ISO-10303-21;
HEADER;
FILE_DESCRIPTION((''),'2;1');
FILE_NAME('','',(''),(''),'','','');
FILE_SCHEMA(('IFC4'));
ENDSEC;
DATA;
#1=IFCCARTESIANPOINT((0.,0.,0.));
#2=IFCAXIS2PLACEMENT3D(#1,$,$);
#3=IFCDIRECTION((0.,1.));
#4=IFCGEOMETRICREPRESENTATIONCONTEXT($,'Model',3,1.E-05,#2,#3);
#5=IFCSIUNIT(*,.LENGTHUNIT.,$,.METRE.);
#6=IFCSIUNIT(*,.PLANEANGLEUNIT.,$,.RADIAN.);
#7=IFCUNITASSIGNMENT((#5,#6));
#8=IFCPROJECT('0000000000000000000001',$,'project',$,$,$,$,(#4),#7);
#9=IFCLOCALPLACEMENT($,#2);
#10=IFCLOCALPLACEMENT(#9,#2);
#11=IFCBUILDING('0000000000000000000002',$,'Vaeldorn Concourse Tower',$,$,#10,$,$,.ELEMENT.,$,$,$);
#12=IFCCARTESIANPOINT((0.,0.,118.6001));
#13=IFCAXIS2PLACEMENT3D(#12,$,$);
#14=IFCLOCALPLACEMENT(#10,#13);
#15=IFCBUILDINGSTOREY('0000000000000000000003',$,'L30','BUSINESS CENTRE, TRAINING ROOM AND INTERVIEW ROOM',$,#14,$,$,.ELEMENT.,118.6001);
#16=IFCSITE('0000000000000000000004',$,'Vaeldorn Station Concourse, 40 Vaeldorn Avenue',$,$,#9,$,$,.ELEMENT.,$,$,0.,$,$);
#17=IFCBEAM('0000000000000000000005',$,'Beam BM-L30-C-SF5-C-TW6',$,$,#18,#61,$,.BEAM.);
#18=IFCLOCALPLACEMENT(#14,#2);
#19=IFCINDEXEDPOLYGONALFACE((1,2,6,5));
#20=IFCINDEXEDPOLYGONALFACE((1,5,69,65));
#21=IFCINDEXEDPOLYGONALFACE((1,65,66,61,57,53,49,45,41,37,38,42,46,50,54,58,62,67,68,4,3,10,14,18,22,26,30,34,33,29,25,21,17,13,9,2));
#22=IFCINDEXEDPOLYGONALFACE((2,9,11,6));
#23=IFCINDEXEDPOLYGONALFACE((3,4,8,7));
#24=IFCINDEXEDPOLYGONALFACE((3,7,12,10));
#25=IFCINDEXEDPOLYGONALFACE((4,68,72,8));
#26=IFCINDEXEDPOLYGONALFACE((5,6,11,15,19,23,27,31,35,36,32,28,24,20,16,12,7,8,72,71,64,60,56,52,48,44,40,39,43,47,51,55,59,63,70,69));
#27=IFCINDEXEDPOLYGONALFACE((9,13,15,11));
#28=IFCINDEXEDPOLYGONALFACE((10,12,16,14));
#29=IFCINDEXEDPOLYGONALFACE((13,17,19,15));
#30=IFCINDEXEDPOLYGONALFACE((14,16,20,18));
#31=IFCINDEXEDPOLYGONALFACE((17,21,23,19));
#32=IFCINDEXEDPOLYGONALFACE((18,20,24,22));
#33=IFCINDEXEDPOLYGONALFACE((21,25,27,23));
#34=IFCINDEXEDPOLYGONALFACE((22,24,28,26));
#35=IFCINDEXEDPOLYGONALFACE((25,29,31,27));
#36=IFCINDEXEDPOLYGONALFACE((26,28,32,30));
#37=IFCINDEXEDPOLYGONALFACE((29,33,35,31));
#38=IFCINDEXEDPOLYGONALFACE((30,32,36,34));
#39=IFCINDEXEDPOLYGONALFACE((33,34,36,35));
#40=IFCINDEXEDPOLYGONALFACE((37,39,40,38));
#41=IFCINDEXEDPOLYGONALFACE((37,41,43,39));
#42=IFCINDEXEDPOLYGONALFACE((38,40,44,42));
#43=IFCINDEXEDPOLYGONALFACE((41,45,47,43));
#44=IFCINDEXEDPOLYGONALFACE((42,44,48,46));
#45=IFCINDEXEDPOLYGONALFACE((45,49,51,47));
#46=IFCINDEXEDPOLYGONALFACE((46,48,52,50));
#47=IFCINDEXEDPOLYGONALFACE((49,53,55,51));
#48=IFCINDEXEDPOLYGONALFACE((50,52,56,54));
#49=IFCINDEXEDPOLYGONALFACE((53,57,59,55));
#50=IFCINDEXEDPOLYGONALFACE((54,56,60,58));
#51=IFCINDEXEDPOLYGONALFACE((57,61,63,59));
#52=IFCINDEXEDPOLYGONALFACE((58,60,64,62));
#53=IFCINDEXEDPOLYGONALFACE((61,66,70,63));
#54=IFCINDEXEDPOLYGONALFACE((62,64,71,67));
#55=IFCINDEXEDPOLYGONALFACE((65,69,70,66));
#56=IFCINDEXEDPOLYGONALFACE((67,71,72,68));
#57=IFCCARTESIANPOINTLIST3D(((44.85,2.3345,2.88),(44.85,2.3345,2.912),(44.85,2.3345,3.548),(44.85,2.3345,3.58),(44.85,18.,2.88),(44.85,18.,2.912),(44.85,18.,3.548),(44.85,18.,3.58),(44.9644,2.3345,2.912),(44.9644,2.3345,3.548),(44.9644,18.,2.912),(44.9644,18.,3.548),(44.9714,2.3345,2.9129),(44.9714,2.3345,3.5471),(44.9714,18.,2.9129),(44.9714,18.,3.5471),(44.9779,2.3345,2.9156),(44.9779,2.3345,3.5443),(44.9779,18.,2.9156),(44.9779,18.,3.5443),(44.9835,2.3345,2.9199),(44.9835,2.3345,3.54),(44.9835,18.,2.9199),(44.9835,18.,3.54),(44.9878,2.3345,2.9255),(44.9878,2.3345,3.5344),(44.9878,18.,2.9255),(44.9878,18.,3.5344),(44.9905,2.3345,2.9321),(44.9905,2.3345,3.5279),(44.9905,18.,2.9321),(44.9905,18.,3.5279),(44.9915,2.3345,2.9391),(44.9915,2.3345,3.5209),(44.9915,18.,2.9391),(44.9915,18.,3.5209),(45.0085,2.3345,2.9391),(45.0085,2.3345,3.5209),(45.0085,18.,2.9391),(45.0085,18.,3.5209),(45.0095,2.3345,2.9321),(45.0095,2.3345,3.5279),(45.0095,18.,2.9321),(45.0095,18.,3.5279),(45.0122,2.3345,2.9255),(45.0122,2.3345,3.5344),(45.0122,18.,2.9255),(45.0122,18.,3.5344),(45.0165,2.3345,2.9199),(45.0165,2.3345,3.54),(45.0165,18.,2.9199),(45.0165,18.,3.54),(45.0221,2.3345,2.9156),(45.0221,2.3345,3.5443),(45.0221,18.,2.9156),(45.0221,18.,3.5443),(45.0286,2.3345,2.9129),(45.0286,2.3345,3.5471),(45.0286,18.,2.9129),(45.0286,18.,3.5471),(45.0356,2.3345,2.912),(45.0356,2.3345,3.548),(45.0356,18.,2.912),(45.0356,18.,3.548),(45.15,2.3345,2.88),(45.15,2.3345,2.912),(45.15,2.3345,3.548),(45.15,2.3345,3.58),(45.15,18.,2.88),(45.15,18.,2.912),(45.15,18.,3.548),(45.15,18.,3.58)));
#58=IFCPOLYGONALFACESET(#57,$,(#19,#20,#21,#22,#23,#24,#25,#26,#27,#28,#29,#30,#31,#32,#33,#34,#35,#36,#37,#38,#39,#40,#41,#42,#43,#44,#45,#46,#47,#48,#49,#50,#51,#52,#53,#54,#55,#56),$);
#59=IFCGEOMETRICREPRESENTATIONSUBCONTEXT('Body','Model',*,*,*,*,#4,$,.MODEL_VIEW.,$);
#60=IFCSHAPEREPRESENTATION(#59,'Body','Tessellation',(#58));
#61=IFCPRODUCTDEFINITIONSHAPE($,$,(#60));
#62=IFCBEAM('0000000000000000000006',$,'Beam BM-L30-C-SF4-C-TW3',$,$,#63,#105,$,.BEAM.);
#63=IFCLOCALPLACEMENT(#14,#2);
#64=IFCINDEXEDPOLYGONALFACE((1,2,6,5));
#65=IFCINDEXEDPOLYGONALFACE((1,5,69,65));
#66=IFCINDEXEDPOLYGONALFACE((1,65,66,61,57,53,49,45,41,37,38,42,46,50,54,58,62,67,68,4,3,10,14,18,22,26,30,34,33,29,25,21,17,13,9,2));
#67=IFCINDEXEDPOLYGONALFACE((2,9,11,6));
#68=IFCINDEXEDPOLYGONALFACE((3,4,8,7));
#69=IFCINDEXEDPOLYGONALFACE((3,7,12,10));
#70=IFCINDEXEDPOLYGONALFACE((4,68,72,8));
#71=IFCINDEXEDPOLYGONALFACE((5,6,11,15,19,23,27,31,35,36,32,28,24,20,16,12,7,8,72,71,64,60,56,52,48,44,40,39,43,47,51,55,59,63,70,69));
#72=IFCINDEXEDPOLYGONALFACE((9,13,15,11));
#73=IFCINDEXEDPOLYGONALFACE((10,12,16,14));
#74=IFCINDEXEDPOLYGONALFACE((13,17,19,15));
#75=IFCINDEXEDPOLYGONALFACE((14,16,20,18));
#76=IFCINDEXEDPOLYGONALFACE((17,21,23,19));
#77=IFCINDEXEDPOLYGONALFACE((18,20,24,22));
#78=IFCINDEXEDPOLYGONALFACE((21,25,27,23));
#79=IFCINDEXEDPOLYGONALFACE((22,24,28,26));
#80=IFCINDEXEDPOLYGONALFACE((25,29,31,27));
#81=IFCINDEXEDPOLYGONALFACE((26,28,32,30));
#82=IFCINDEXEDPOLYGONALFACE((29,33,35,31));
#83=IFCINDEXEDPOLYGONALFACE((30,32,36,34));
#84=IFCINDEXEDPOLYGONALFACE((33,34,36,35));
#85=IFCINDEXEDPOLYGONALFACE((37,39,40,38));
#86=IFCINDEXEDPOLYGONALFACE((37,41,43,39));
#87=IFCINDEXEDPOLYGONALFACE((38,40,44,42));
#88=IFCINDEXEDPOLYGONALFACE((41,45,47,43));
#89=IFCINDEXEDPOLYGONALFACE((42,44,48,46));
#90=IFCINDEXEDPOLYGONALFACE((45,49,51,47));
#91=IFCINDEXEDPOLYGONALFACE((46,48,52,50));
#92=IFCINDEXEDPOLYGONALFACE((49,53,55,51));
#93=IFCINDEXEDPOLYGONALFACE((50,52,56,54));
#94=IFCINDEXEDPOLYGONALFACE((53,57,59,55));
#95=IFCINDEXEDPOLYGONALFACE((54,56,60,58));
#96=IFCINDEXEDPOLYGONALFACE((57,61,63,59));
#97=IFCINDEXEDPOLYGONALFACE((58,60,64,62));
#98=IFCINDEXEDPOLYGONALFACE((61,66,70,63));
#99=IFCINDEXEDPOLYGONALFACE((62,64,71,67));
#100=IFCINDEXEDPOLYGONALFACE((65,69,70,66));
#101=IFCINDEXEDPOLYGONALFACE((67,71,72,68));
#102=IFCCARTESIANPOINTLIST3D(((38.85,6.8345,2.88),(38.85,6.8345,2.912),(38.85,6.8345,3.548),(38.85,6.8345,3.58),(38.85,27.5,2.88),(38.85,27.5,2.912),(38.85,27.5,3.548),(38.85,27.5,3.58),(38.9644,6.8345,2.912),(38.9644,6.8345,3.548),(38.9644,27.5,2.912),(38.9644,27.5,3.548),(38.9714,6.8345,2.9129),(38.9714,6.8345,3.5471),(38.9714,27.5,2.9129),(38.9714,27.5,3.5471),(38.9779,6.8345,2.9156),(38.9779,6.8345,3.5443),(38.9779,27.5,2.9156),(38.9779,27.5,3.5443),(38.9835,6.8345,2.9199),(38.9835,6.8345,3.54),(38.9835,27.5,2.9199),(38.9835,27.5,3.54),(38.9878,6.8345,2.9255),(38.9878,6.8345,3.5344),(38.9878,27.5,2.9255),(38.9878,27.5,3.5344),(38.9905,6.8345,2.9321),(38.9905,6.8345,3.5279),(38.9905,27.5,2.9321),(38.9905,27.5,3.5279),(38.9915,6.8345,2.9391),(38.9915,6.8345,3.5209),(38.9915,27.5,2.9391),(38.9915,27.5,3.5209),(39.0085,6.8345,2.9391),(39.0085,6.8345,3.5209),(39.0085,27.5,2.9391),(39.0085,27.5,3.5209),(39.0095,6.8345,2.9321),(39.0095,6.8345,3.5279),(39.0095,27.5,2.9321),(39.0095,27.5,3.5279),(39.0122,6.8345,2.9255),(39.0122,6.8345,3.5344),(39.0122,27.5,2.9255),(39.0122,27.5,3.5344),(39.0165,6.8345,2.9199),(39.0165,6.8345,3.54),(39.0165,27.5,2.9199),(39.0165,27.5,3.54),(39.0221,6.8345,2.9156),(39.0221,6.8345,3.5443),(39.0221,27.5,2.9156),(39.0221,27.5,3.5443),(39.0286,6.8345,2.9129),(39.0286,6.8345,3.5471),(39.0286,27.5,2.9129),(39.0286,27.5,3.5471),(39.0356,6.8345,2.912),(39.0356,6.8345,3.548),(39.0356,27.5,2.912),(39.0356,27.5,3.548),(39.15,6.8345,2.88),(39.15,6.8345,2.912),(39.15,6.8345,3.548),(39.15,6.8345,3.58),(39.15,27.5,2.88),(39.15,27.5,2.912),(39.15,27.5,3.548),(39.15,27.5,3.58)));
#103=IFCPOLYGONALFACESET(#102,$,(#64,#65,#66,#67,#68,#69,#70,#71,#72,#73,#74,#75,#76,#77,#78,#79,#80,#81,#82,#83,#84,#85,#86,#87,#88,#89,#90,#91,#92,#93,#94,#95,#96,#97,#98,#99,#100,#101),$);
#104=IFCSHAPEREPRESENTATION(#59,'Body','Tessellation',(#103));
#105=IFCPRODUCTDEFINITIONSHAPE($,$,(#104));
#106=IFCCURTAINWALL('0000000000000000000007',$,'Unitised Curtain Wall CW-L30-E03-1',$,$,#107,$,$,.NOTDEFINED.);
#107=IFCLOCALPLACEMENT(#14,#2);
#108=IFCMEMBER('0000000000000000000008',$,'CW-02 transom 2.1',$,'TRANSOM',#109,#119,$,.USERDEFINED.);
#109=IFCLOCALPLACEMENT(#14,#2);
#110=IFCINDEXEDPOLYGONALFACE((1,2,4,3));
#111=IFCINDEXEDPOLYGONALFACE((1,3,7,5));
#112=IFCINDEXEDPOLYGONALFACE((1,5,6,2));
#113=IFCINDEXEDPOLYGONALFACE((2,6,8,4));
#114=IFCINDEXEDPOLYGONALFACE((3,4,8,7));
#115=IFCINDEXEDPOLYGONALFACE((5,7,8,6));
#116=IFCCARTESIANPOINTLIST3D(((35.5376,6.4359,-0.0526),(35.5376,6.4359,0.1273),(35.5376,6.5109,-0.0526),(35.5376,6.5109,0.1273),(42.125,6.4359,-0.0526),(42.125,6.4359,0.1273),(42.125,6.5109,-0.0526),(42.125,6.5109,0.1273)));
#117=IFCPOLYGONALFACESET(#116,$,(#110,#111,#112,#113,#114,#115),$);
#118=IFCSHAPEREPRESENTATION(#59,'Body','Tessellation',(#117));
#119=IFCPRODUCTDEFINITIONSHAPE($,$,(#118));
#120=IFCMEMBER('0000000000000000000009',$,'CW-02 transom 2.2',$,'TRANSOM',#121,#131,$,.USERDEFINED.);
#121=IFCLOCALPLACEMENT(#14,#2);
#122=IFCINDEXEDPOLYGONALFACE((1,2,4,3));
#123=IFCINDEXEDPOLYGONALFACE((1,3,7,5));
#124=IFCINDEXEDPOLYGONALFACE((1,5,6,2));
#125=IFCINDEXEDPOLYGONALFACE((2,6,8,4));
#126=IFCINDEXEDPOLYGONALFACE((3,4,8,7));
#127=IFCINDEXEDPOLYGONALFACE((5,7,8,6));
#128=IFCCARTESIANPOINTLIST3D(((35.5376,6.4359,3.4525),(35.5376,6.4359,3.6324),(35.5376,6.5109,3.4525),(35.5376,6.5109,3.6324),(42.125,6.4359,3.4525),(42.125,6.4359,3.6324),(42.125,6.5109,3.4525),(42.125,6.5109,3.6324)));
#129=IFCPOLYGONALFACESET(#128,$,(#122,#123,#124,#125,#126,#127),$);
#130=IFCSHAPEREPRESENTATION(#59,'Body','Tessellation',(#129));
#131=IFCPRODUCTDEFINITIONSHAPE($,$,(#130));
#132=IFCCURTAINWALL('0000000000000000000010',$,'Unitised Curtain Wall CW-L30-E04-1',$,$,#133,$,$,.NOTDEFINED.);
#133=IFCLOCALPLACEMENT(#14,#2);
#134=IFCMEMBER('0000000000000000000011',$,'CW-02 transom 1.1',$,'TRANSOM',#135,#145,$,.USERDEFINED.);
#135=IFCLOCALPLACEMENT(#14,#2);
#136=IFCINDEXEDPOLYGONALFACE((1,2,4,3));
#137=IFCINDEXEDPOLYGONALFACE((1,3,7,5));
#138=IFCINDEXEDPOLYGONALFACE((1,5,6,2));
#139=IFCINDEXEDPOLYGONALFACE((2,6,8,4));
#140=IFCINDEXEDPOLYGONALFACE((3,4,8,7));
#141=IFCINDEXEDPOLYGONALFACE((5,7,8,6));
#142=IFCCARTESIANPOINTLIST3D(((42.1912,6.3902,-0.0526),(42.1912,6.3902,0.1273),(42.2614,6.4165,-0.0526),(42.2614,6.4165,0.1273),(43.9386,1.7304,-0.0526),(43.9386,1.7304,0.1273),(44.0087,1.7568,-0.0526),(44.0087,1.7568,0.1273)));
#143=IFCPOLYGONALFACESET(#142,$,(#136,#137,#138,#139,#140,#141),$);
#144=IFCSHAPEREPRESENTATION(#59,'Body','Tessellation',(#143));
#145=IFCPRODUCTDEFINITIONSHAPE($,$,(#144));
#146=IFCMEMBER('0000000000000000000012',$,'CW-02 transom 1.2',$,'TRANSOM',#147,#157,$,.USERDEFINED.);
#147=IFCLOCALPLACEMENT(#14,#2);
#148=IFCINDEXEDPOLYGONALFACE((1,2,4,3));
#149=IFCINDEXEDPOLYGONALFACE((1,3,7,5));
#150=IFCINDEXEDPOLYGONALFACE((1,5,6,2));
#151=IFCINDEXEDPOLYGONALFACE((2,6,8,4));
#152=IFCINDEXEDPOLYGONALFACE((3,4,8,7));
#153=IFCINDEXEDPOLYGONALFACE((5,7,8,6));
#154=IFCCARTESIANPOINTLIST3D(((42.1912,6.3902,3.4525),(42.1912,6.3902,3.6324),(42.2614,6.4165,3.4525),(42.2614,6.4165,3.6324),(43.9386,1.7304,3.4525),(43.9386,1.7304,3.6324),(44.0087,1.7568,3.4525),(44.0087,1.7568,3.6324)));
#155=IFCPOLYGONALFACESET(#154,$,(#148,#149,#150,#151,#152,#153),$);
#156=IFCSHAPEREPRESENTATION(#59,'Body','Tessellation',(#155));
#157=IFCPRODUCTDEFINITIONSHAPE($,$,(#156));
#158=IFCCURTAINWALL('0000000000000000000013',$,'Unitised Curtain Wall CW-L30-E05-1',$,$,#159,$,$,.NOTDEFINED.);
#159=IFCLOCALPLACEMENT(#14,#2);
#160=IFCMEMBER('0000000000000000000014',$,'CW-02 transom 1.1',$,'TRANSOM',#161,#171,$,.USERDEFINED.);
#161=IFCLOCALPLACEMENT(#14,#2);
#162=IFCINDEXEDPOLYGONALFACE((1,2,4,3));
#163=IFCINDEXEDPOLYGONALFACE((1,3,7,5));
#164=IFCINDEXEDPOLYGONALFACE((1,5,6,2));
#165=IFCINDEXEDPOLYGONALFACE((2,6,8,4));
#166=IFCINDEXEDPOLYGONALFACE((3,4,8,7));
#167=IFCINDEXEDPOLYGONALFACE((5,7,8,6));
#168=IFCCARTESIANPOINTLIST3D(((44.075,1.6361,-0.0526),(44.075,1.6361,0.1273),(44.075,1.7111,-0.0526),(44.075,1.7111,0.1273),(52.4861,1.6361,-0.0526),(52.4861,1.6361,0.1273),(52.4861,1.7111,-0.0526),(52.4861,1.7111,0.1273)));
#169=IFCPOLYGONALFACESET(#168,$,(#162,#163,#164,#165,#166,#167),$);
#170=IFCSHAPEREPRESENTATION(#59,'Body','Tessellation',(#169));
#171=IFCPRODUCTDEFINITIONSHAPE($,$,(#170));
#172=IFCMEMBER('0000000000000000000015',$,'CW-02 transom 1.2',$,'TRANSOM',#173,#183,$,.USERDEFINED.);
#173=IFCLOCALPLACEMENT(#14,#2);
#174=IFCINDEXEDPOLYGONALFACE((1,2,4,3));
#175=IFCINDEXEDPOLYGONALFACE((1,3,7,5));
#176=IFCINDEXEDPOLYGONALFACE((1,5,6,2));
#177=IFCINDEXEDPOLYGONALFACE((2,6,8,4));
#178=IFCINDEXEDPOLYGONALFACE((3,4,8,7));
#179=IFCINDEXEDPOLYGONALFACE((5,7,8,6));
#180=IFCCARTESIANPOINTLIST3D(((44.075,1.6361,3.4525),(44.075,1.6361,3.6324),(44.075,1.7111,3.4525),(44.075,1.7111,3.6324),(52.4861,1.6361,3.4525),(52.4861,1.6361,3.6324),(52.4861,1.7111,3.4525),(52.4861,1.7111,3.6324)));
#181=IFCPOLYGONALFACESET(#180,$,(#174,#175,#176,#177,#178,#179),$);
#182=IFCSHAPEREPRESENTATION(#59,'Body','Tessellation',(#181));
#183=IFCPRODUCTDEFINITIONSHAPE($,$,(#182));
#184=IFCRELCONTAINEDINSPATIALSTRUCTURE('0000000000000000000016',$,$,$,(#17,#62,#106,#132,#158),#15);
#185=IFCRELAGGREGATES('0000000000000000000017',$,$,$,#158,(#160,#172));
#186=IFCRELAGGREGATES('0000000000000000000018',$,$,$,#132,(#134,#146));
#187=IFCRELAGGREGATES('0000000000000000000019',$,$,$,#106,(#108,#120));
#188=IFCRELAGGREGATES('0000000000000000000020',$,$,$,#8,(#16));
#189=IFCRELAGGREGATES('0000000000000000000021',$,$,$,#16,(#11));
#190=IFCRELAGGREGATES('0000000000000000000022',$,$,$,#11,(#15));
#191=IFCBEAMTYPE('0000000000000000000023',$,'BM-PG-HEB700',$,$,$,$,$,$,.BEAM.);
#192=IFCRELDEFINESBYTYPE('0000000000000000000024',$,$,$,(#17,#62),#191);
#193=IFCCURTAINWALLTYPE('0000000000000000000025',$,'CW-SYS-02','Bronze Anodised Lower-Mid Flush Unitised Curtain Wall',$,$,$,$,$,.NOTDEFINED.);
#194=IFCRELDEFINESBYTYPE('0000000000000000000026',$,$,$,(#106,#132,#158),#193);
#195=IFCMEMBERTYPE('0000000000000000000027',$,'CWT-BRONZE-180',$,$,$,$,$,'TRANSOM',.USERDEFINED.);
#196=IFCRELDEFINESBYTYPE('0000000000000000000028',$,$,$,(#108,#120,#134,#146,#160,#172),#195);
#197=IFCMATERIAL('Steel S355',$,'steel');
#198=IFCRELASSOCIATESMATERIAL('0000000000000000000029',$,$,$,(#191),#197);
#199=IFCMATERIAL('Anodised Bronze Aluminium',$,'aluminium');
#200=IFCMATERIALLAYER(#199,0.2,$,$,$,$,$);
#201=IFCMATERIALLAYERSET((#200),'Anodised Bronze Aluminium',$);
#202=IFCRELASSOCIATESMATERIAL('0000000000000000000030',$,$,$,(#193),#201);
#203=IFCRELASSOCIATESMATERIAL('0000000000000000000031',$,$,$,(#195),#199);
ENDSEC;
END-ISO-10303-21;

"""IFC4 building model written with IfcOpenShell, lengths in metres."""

from ifc_helpers import new_model, si_unit, direction, frame, origin, origin_2d, place, context, subcontext, project, spatial, rectangle, i_section, extrude, source, transform, mapped, material, layer, layer_set, material_profile, profile_set, type_object, element, aggregate, save


model = new_model("IFC4")

# Units and contexts
model_context = context("Model", 3, precision=1e-05, world=origin(), true_north=direction((0.0, 1.0)))
body_context = subcontext(model_context, "Body", "Model", "MODEL_VIEW")
ifc_project = project(units=[si_unit("LENGTHUNIT", "METRE"), si_unit("PLANEANGLEUNIT", "RADIAN")], contexts=[model_context])

# Site, building, storey
site_placement = place(None, origin())
site = spatial("IfcSite", under=ifc_project, at=site_placement, Name="Vaeldorn Station Concourse, 40 Vaeldorn Avenue", CompositionType="ELEMENT", RefElevation=0.0)
building_placement = place(site_placement, origin())
building = spatial("IfcBuilding", under=site, at=building_placement, Name="Vaeldorn Concourse Tower", CompositionType="ELEMENT")
storey_placement = place(building_placement, frame((0.0, 0.0, 118.6001)))
storey = spatial("IfcBuildingStorey", under=building, at=storey_placement, Name="L30", Description="BUSINESS CENTRE, TRAINING ROOM AND INTERVIEW ROOM", CompositionType="ELEMENT", Elevation=118.6001)

# Beams
ifc_material_1 = material(Name="Steel S355", Category="steel")
ifc_material_profile_1 = material_profile(ifc_material_1, i_section(OverallWidth=0.3, OverallDepth=0.7, WebThickness=0.0171, FlangeThickness=0.032, FilletRadius=0.0271, at=origin_2d()), Name="HEB 700")
ifc_profile_set_1 = profile_set([ifc_material_profile_1], Name="Steel S355")
beam_type_1 = type_object("IfcBeamType", Name="BM-PG-HEB700", PredefinedType="BEAM", material=ifc_profile_set_1)
shared_shape_1 = source(origin(), body_context, "Body", "SweptSolid", [
    extrude(i_section(OverallWidth=0.3, OverallDepth=0.7, WebThickness=0.0171, FlangeThickness=0.032, FilletRadius=0.0271, at=origin_2d()), origin(), (0.0, 0.0, 1.0), 15.6655),
])
beam_1_placement = place(storey_placement, frame((45.0, 2.3345, 3.23), z_axis=(0.0, 1.0, 0.0), x_axis=(-1.0, 0.0, 0.0)))
element("IfcBeam", 1, at=beam_1_placement, inside=storey, type_object=beam_type_1, Name="Beam BM-L30-C-SF5-C-TW6", PredefinedType="BEAM", context=body_context, shape_type="MappedRepresentation", body=[
    mapped(shared_shape_1, transform((0.0, 0.0, 0.0), scale=1.0)),
])
shared_shape_2 = source(origin(), body_context, "Body", "SweptSolid", [
    extrude(i_section(OverallWidth=0.3, OverallDepth=0.7, WebThickness=0.0171, FlangeThickness=0.032, FilletRadius=0.0271, at=origin_2d()), origin(), (0.0, 0.0, 1.0), 20.6655),
])
beam_2_placement = place(storey_placement, frame((39.0, 6.8345, 3.23), z_axis=(0.0, 1.0, 0.0), x_axis=(-1.0, 0.0, 0.0)))
element("IfcBeam", 2, at=beam_2_placement, inside=storey, type_object=beam_type_1, Name="Beam BM-L30-C-SF4-C-TW3", PredefinedType="BEAM", context=body_context, shape_type="MappedRepresentation", body=[
    mapped(shared_shape_2, transform((0.0, 0.0, 0.0), scale=1.0)),
])

# Curtain walls, members
ifc_material_2 = material(Name="Anodised Bronze Aluminium", Category="aluminium")
ifc_layer_1 = layer(ifc_material_2, 0.2)
ifc_layer_set_1 = layer_set([ifc_layer_1], Name="Anodised Bronze Aluminium")
curtain_wall_type = type_object("IfcCurtainWallType", Name="CW-SYS-02", Description="Bronze Anodised Lower-Mid Flush Unitised Curtain Wall", PredefinedType="NOTDEFINED", material=ifc_layer_set_1)
curtain_wall_1_placement = place(storey_placement, origin())
curtain_wall_1 = element("IfcCurtainWall", 3, at=curtain_wall_1_placement, inside=storey, type_object=curtain_wall_type, Name="Unitised Curtain Wall CW-L30-E03-1", PredefinedType="NOTDEFINED")
ifc_material_profile_2 = material_profile(ifc_material_2, rectangle(XDim=0.075, YDim=0.1799, at=origin_2d()), Name="CWT 75x180")
ifc_profile_set_2 = profile_set([ifc_material_profile_2], Name="Anodised Bronze Aluminium")
member_type_1 = type_object("IfcMemberType", Name="CWT-BRONZE-180", ElementType="TRANSOM", PredefinedType="USERDEFINED", material=ifc_profile_set_2)
shared_shape_3 = source(origin(), body_context, "Body", "SweptSolid", [
    extrude(rectangle(XDim=0.075, YDim=0.1799, at=origin_2d()), origin(), (0.0, 0.0, 1.0), 6.5874),
])
member_1_placement = place(storey_placement, frame((35.5376, 6.4734, 0.0374), z_axis=(1.0, 0.0, 0.0), x_axis=(0.0, 1.0, 0.0)))
member_1 = element("IfcMember", 4, at=member_1_placement, type_object=member_type_1, Name="CW-02 transom 2.1", ObjectType="TRANSOM", PredefinedType="USERDEFINED", context=body_context, shape_type="MappedRepresentation", body=[
    mapped(shared_shape_3, transform((0.0, 0.0, 0.0), scale=1.0)),
])
member_2_placement = place(storey_placement, frame((35.5376, 6.4734, 3.5425), z_axis=(1.0, 0.0, 0.0), x_axis=(0.0, 1.0, 0.0)))
member_2 = element("IfcMember", 5, at=member_2_placement, type_object=member_type_1, Name="CW-02 transom 2.2", ObjectType="TRANSOM", PredefinedType="USERDEFINED", context=body_context, shape_type="MappedRepresentation", body=[
    mapped(shared_shape_3, transform((0.0, 0.0, 0.0), scale=1.0)),
])
curtain_wall_2_placement = place(storey_placement, origin())
curtain_wall_2 = element("IfcCurtainWall", 6, at=curtain_wall_2_placement, inside=storey, type_object=curtain_wall_type, Name="Unitised Curtain Wall CW-L30-E04-1", PredefinedType="NOTDEFINED")
shared_shape_4 = source(origin(), body_context, "Body", "SweptSolid", [
    extrude(rectangle(XDim=0.075, YDim=0.1799, at=origin_2d()), origin(), (0.0, 0.0, 1.0), 4.9766),
])
member_3_placement = place(storey_placement, frame((42.2263, 6.4033, 0.0374), z_axis=(0.351113, -0.936333, 0.0), x_axis=(0.936333, 0.351113, 0.0)))
member_3 = element("IfcMember", 7, at=member_3_placement, type_object=member_type_1, Name="CW-02 transom 1.1", ObjectType="TRANSOM", PredefinedType="USERDEFINED", context=body_context, shape_type="MappedRepresentation", body=[
    mapped(shared_shape_4, transform((0.0, 0.0, 0.0), scale=1.0)),
])
member_4_placement = place(storey_placement, frame((42.2263, 6.4033, 3.5425), z_axis=(0.351113, -0.936333, 0.0), x_axis=(0.936333, 0.351113, 0.0)))
member_4 = element("IfcMember", 8, at=member_4_placement, type_object=member_type_1, Name="CW-02 transom 1.2", ObjectType="TRANSOM", PredefinedType="USERDEFINED", context=body_context, shape_type="MappedRepresentation", body=[
    mapped(shared_shape_4, transform((0.0, 0.0, 0.0), scale=1.0)),
])
curtain_wall_3_placement = place(storey_placement, origin())
curtain_wall_3 = element("IfcCurtainWall", 9, at=curtain_wall_3_placement, inside=storey, type_object=curtain_wall_type, Name="Unitised Curtain Wall CW-L30-E05-1", PredefinedType="NOTDEFINED")
shared_shape_5 = source(origin(), body_context, "Body", "SweptSolid", [
    extrude(rectangle(XDim=0.075, YDim=0.1799, at=origin_2d()), origin(), (0.0, 0.0, 1.0), 8.4111),
])
member_5_placement = place(storey_placement, frame((44.075, 1.6736, 0.0374), z_axis=(1.0, 0.0, 0.0), x_axis=(0.0, 1.0, 0.0)))
member_5 = element("IfcMember", 10, at=member_5_placement, type_object=member_type_1, Name="CW-02 transom 1.1", ObjectType="TRANSOM", PredefinedType="USERDEFINED", context=body_context, shape_type="MappedRepresentation", body=[
    mapped(shared_shape_5, transform((0.0, 0.0, 0.0), scale=1.0)),
])
member_6_placement = place(storey_placement, frame((44.075, 1.6736, 3.5425), z_axis=(1.0, 0.0, 0.0), x_axis=(0.0, 1.0, 0.0)))
member_6 = element("IfcMember", 11, at=member_6_placement, type_object=member_type_1, Name="CW-02 transom 1.2", ObjectType="TRANSOM", PredefinedType="USERDEFINED", context=body_context, shape_type="MappedRepresentation", body=[
    mapped(shared_shape_5, transform((0.0, 0.0, 0.0), scale=1.0)),
])

aggregate(curtain_wall_3, [member_5, member_6])

aggregate(curtain_wall_2, [member_3, member_4])
aggregate(curtain_wall_1, [member_1, member_2])

save(model, "model.ifc")
